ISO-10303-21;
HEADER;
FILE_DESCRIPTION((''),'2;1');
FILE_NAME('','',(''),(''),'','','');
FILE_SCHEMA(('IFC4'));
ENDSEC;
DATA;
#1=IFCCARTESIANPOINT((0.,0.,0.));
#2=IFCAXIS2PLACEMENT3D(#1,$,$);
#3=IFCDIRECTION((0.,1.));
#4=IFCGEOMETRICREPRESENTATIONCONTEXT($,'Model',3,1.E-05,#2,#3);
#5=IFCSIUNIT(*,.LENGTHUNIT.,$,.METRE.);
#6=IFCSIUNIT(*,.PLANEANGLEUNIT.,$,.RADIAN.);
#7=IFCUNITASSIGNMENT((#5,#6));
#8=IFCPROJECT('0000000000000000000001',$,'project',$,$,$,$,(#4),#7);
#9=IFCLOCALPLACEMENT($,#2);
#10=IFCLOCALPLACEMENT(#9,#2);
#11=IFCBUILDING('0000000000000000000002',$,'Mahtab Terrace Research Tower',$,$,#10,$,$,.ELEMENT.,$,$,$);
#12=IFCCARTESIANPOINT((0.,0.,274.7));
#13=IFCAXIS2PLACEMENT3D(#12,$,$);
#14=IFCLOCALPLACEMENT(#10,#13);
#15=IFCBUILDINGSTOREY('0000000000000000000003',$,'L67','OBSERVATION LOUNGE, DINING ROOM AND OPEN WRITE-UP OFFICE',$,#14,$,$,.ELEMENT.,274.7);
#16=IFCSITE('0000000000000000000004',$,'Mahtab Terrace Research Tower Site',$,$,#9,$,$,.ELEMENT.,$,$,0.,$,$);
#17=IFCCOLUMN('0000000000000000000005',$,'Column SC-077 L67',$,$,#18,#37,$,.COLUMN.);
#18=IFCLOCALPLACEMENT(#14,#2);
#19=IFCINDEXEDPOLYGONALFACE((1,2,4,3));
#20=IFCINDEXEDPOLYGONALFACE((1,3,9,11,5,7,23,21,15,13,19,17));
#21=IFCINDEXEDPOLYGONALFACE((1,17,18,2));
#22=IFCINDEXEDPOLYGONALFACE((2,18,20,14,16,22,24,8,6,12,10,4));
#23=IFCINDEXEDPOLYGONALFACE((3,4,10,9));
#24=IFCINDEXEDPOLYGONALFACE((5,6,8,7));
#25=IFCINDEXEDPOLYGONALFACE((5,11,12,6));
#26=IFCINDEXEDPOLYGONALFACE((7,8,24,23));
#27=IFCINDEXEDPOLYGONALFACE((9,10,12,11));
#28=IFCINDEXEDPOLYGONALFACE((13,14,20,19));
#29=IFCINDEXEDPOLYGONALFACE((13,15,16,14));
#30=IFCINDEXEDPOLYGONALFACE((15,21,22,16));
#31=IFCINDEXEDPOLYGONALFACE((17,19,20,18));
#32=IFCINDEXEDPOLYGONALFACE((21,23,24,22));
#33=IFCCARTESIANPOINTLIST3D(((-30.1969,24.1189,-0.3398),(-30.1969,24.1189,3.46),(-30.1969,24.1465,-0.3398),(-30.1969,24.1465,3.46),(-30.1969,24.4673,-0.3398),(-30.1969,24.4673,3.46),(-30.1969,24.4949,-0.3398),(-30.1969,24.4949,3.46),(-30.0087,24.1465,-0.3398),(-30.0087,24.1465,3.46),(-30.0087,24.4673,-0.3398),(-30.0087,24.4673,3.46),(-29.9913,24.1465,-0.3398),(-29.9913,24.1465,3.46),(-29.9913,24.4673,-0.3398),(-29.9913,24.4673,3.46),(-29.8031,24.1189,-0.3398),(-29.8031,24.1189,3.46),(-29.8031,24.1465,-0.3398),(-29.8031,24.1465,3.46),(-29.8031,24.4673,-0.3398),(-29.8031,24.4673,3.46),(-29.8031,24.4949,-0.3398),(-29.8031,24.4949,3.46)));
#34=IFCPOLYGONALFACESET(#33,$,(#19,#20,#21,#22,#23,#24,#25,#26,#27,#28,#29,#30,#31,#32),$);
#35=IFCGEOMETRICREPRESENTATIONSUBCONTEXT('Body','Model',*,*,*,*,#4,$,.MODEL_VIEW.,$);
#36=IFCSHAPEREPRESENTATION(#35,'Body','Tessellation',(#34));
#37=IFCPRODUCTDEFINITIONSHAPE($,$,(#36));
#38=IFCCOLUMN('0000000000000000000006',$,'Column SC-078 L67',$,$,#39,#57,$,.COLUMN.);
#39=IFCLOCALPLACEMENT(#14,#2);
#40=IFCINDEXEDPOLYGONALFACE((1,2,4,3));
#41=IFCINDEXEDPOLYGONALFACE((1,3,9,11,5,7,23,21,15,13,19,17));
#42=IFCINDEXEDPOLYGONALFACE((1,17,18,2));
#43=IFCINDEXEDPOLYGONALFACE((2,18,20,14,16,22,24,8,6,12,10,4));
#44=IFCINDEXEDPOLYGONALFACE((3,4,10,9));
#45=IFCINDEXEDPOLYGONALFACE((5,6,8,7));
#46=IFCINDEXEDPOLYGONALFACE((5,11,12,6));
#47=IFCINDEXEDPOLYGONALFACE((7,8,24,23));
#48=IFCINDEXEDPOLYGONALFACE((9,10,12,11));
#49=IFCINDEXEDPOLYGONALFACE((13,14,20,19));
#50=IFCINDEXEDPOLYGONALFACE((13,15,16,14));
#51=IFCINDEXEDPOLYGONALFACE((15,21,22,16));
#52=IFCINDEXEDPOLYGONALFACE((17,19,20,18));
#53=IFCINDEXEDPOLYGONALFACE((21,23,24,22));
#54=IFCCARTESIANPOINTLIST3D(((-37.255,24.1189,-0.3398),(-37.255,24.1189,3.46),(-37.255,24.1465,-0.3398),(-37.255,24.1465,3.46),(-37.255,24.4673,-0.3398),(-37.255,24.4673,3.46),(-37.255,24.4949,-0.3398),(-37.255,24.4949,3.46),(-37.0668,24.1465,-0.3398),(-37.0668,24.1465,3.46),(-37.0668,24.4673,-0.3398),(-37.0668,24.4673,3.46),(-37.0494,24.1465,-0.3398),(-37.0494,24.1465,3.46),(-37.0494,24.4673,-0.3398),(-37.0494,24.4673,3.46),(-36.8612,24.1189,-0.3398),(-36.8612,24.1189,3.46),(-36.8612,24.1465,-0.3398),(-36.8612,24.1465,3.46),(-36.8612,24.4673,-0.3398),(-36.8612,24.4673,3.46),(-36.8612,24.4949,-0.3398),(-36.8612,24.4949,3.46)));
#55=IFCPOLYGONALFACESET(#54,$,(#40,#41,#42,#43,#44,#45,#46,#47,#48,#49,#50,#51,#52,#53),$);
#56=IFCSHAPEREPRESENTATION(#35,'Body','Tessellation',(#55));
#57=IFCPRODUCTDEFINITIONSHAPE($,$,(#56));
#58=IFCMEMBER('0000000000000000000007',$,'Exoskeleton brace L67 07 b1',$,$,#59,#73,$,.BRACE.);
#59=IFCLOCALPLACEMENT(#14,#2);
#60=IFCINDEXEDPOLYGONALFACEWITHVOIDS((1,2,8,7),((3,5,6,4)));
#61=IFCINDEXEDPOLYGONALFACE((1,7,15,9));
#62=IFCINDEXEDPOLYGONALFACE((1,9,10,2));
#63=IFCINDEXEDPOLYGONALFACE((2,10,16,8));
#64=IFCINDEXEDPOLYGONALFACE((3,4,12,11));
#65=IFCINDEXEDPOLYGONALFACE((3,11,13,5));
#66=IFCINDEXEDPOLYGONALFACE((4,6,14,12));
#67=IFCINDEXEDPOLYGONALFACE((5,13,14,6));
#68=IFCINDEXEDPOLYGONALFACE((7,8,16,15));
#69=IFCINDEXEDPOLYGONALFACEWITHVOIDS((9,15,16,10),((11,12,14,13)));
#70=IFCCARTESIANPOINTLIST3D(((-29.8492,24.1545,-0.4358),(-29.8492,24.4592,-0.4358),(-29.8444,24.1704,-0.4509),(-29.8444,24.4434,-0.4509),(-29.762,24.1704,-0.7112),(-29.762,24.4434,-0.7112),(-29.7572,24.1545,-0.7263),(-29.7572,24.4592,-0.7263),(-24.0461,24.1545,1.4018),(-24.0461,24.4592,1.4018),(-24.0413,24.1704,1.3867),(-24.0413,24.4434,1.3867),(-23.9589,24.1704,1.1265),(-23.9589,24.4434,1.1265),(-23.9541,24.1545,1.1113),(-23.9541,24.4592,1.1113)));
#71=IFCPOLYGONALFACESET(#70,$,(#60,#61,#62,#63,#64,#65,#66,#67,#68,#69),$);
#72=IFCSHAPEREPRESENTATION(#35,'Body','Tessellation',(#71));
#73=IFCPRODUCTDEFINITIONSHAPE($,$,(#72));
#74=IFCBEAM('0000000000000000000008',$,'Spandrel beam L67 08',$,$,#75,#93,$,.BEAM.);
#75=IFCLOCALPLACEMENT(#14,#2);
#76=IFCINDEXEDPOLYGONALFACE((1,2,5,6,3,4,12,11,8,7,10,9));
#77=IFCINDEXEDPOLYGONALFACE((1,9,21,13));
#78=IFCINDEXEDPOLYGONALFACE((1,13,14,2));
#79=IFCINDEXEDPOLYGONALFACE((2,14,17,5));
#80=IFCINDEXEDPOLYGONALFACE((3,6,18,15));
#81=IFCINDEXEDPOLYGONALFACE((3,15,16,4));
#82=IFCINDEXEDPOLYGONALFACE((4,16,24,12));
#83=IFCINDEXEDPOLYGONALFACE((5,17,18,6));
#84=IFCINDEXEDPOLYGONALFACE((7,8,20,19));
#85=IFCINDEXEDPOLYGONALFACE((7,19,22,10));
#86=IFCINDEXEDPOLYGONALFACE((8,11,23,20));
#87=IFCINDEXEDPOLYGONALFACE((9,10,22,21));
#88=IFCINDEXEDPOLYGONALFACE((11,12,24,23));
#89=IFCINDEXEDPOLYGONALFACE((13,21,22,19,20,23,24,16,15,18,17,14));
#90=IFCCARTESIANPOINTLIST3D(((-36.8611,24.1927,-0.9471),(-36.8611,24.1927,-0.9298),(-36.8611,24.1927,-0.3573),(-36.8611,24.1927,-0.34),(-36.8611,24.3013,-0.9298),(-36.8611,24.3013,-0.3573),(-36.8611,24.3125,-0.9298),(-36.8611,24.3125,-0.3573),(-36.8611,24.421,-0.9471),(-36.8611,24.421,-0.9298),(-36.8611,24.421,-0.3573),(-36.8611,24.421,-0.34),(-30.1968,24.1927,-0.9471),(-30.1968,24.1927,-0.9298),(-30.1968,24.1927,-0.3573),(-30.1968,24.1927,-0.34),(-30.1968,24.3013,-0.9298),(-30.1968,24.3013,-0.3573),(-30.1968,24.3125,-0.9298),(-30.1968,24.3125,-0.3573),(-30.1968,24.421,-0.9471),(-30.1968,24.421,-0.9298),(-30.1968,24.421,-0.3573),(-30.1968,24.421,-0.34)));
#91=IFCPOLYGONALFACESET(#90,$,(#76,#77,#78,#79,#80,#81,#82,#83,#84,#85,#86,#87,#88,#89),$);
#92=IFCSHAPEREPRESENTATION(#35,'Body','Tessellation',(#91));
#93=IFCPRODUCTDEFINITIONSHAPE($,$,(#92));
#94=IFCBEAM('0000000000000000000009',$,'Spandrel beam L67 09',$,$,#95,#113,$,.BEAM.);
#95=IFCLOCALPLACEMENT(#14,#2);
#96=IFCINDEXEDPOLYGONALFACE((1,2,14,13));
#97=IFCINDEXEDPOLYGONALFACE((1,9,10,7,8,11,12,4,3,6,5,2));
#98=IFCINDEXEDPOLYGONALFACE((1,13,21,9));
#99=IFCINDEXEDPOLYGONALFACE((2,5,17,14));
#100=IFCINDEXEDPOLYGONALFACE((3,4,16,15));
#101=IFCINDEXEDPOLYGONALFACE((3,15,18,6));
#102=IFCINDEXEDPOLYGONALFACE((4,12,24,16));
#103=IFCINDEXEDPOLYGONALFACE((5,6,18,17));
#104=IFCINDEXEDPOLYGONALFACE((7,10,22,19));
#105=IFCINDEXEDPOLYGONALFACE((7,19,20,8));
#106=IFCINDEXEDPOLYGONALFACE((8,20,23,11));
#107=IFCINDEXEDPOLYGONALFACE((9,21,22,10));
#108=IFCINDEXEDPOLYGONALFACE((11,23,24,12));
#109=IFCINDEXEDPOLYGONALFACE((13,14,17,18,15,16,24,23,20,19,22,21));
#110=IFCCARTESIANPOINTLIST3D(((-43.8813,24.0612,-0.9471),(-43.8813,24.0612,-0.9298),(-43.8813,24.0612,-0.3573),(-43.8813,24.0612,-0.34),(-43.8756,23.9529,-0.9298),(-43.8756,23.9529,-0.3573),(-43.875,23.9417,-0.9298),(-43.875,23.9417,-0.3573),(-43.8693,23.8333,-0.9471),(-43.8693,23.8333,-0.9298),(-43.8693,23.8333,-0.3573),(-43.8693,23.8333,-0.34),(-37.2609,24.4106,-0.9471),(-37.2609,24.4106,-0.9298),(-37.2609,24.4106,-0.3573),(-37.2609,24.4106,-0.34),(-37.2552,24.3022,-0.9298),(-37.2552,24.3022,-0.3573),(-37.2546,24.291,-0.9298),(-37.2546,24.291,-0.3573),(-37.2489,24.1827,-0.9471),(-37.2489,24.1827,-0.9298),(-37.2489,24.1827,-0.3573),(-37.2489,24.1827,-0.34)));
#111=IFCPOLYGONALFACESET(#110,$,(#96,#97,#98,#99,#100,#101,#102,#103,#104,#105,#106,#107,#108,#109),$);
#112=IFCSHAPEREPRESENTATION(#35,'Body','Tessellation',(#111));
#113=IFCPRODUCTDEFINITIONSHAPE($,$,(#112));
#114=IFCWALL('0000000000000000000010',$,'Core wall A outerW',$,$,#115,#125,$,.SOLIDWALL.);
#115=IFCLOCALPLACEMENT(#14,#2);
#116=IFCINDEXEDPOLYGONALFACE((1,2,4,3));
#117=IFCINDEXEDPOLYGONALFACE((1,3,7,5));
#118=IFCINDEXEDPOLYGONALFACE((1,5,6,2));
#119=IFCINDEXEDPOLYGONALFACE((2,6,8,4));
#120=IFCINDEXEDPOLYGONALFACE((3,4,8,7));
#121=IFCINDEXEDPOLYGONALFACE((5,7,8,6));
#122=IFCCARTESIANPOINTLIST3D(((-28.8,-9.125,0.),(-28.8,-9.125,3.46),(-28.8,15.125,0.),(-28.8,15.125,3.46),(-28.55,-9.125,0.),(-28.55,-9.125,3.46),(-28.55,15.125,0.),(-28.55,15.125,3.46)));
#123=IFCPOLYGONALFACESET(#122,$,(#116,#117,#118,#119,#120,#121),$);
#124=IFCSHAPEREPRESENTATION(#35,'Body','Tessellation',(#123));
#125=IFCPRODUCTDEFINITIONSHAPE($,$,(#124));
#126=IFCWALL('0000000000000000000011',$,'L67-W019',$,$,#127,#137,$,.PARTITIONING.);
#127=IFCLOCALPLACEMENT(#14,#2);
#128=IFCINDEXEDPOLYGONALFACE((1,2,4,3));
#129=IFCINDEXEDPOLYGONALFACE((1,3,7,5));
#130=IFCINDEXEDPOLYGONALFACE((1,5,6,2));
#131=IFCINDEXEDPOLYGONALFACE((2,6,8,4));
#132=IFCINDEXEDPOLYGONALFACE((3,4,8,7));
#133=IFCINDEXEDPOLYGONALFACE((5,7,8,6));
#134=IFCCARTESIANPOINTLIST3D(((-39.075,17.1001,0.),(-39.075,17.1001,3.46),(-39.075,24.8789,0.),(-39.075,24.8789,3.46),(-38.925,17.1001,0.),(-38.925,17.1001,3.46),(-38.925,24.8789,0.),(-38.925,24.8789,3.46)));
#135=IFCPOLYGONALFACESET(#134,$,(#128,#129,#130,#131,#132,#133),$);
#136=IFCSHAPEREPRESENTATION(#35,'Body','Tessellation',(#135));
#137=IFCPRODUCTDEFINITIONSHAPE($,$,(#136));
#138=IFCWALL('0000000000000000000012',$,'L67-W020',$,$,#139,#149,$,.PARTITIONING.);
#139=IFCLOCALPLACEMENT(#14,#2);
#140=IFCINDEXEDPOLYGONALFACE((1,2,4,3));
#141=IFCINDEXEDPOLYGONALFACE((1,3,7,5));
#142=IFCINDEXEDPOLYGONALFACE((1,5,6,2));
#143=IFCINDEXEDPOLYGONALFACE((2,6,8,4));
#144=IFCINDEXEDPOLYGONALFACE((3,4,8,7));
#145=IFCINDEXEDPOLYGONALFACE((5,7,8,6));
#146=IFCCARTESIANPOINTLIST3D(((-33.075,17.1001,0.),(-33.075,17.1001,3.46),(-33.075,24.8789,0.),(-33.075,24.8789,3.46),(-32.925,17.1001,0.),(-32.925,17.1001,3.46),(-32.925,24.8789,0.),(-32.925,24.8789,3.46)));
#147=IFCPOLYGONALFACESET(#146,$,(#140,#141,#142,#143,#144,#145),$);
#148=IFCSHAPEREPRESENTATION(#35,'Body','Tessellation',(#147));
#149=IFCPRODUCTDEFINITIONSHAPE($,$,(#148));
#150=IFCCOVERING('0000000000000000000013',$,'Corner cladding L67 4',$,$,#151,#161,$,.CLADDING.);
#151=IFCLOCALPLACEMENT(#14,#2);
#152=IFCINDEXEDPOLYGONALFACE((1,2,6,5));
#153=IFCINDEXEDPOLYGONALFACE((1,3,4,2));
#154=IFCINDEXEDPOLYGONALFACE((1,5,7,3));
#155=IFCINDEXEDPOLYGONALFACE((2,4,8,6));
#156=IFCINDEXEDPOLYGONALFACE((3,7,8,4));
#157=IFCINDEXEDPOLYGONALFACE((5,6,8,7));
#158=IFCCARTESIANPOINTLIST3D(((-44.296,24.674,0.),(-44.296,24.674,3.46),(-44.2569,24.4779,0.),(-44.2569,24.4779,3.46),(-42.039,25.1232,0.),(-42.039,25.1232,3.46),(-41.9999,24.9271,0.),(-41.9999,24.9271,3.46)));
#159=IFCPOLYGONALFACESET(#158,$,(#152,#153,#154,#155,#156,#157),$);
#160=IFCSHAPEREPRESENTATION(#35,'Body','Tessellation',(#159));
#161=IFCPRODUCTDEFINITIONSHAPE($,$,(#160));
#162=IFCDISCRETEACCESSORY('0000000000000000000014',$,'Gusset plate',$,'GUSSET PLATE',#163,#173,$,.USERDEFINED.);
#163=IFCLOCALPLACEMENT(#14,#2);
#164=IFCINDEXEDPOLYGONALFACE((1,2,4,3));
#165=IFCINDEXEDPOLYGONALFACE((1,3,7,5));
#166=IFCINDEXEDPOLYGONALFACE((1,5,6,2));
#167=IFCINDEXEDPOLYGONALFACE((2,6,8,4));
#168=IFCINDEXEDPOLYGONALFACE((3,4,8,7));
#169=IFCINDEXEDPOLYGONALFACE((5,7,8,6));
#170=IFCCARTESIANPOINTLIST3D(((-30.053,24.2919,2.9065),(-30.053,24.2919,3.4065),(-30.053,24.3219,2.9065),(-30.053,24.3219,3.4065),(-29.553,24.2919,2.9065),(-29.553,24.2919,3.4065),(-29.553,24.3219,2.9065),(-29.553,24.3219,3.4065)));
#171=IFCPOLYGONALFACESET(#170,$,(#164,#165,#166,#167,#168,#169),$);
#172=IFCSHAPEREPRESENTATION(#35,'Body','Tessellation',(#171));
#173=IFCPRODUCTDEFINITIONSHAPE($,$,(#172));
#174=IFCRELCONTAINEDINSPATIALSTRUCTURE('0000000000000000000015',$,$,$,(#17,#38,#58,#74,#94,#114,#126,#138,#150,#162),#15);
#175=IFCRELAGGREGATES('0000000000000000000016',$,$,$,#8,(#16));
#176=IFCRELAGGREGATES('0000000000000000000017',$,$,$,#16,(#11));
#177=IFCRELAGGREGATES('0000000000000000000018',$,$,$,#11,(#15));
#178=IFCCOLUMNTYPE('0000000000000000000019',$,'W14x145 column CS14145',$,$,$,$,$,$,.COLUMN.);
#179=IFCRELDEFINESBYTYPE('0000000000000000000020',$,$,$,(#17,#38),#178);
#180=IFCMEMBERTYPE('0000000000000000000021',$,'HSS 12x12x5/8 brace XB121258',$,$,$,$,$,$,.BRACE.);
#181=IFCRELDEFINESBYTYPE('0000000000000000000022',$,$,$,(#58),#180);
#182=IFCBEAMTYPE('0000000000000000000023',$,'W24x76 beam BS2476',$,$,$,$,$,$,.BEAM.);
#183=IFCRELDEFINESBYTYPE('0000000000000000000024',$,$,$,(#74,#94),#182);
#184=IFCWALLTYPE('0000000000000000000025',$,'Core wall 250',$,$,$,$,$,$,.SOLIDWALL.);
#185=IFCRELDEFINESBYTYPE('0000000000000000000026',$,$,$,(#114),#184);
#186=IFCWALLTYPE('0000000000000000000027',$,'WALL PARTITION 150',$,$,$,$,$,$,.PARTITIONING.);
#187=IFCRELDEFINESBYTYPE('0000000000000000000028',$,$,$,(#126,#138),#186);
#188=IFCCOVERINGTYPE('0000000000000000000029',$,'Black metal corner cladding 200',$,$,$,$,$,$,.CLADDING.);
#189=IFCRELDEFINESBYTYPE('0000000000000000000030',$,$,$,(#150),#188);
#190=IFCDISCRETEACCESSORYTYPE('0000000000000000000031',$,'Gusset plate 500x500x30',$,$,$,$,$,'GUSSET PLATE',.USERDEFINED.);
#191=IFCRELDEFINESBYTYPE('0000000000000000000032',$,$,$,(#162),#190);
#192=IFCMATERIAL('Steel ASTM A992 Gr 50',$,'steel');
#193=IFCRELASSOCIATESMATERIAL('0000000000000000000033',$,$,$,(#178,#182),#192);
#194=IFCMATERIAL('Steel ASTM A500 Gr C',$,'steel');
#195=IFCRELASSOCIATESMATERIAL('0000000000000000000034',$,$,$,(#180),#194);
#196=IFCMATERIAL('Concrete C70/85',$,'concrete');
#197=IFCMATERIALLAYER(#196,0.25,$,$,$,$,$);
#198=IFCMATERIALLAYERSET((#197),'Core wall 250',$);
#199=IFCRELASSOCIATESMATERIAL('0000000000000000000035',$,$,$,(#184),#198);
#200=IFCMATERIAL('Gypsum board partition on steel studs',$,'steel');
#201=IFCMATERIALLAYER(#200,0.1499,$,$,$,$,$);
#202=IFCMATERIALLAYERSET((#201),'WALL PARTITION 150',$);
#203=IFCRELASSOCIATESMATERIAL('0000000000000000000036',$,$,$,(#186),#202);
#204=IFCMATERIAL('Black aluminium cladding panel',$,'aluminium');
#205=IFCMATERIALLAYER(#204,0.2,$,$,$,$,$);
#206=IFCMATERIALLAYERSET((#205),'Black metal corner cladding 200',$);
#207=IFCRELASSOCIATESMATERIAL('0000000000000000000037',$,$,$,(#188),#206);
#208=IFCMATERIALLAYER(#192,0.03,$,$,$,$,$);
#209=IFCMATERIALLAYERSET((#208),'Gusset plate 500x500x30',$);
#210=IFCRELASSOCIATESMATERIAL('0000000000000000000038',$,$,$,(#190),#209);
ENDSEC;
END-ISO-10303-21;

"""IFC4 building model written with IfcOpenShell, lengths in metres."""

from ifc_helpers import new_model, si_unit, direction, frame, frame_2d, origin, origin_2d, place, context, subcontext, project, spatial, rectangle, hollow_rectangle, i_section, extrude, material, layer, layer_set, material_profile, profile_set, type_object, element, save


model = new_model("IFC4")

# Units and contexts
model_context = context("Model", 3, precision=1e-05, world=origin(), true_north=direction((0.0, 1.0)))
body_context = subcontext(model_context, "Body", "Model", "MODEL_VIEW")
ifc_project = project(units=[si_unit("LENGTHUNIT", "METRE"), si_unit("PLANEANGLEUNIT", "RADIAN")], contexts=[model_context])

# Site, building, storey
site_placement = place(None, origin())
site = spatial("IfcSite", under=ifc_project, at=site_placement, Name="Mahtab Terrace Research Tower Site", CompositionType="ELEMENT", RefElevation=0.0)
building_placement = place(site_placement, origin())
building = spatial("IfcBuilding", under=site, at=building_placement, Name="Mahtab Terrace Research Tower", CompositionType="ELEMENT")
storey_placement = place(building_placement, frame((0.0, 0.0, 274.7)))
storey = spatial("IfcBuildingStorey", under=building, at=storey_placement, Name="L67", Description="OBSERVATION LOUNGE, DINING ROOM AND OPEN WRITE-UP OFFICE", CompositionType="ELEMENT", Elevation=274.7)

# Columns
ifc_material_1 = material(Name="Steel ASTM A992 Gr 50", Category="steel")
ifc_material_profile_1 = material_profile(ifc_material_1, i_section(OverallWidth=0.3938, OverallDepth=0.376, WebThickness=0.0173, FlangeThickness=0.0276, at=origin_2d()), Name="W14X145")
ifc_profile_set_1 = profile_set([ifc_material_profile_1], Name="Steel ASTM A992 Gr 50")
column_type = type_object("IfcColumnType", Name="W14x145 column CS14145", PredefinedType="COLUMN", material=ifc_profile_set_1)
for number, where, z_axis, x_axis, name in (
    (1, (-30.0, 24.3069, -0.3398), (0.0, 0.0, 1.0), (1.0, 0.0, 0.0), "Column SC-077 L67"),
    (2, (-37.0581, 24.3069, -0.3398), (0.0, 0.0, 1.0), (1.0, 0.0, 0.0), "Column SC-078 L67"),
):
    element("IfcColumn", number, at=place(storey_placement, frame(where, z_axis=z_axis, x_axis=x_axis)), inside=storey, type_object=column_type, Name=name, PredefinedType="COLUMN", context=body_context, shape_type="SweptSolid", body=[
        extrude(i_section(OverallWidth=0.3938, OverallDepth=0.376, WebThickness=0.0173, FlangeThickness=0.0276, at=origin_2d()), origin(), (0.0, 0.0, 1.0), 3.7998),
    ])

# Member
ifc_material_2 = material(Name="Steel ASTM A500 Gr C", Category="steel")
ifc_material_profile_2 = material_profile(ifc_material_2, hollow_rectangle(XDim=0.3047, YDim=0.3047, WallThickness=0.0159, at=origin_2d()), Name="HSS12X12X5/8")
ifc_profile_set_2 = profile_set([ifc_material_profile_2], Name="Steel ASTM A500 Gr C")
member_type = type_object("IfcMemberType", Name="HSS 12x12x5/8 brace XB121258", PredefinedType="BRACE", material=ifc_profile_set_2)
member_placement = place(storey_placement, frame((-29.8032, 24.3069, -0.5811), z_axis=(0.953344, 0.0, 0.301886), x_axis=(0.0, 1.0, 0.0)))
element("IfcMember", 3, at=member_placement, inside=storey, type_object=member_type, Name="Exoskeleton brace L67 07 b1", PredefinedType="BRACE", context=body_context, shape_type="SweptSolid", body=[
    extrude(hollow_rectangle(XDim=0.3047, YDim=0.3047, WallThickness=0.0159, at=origin_2d()), origin(), (0.0, 0.0, 1.0), 6.0872),
])

# Beams
ifc_material_profile_3 = material_profile(ifc_material_1, i_section(OverallWidth=0.2283, OverallDepth=0.6072, WebThickness=0.0112, FlangeThickness=0.0173, at=origin_2d()), Name="W24X76")
ifc_profile_set_3 = profile_set([ifc_material_profile_3], Name="Steel ASTM A992 Gr 50")
beam_type = type_object("IfcBeamType", Name="W24x76 beam BS2476", PredefinedType="BEAM", material=ifc_profile_set_3)
beam_1_placement = place(storey_placement, frame((-30.1968, 24.3069, -0.6436), z_axis=(-1.0, 0.0, 0.0), x_axis=(0.0, -1.0, 0.0)))
element("IfcBeam", 4, at=beam_1_placement, inside=storey, type_object=beam_type, Name="Spandrel beam L67 08", PredefinedType="BEAM", context=body_context, shape_type="SweptSolid", body=[
    extrude(i_section(OverallWidth=0.2283, OverallDepth=0.6072, WebThickness=0.0112, FlangeThickness=0.0173, at=origin_2d()), origin(), (0.0, 0.0, 1.0), 6.6643),
])
beam_2_placement = place(storey_placement, frame((-37.2549, 24.2966, -0.6436), z_axis=(-0.99861, -0.052698, 0.0), x_axis=(0.052698, -0.99861, 0.0)))
element("IfcBeam", 5, at=beam_2_placement, inside=storey, type_object=beam_type, Name="Spandrel beam L67 09", PredefinedType="BEAM", context=body_context, shape_type="SweptSolid", body=[
    extrude(i_section(OverallWidth=0.2283, OverallDepth=0.6072, WebThickness=0.0112, FlangeThickness=0.0173, at=origin_2d()), origin(), (0.0, 0.0, 1.0), 6.6296),
])

# Walls
ifc_material_3 = material(Name="Concrete C70/85", Category="concrete")
ifc_layer_1 = layer(ifc_material_3, 0.25)
ifc_layer_set_1 = layer_set([ifc_layer_1], Name="Core wall 250")
wall_type_1 = type_object("IfcWallType", Name="Core wall 250", PredefinedType="SOLIDWALL", material=ifc_layer_set_1)
wall_placement = place(storey_placement, frame((-28.675, 15.125, 0.0), z_axis=(0.0, 0.0, 1.0), x_axis=(0.0, -1.0, 0.0)))
element("IfcWall", 6, at=wall_placement, inside=storey, type_object=wall_type_1, Name="Core wall A outerW", PredefinedType="SOLIDWALL", context=body_context, shape_type="SweptSolid", body=[
    extrude(rectangle(XDim=24.25, YDim=0.25, at=frame_2d((12.125, 0.0))), origin(), (0.0, 0.0, 1.0), 3.46),
])
ifc_material_4 = material(Name="Gypsum board partition on steel studs", Category="steel")
ifc_layer_2 = layer(ifc_material_4, 0.1499)
ifc_layer_set_2 = layer_set([ifc_layer_2], Name="WALL PARTITION 150")
wall_type_2 = type_object("IfcWallType", Name="WALL PARTITION 150", PredefinedType="PARTITIONING", material=ifc_layer_set_2)
for number, where, z_axis, x_axis, name in (
    (7, (-39.0, 17.1001, 0.0), (0.0, 0.0, 1.0), (0.0, 1.0, 0.0), "L67-W019"),
    (8, (-33.0, 17.1001, 0.0), (0.0, 0.0, 1.0), (0.0, 1.0, 0.0), "L67-W020"),
):
    element("IfcWall", number, at=place(storey_placement, frame(where, z_axis=z_axis, x_axis=x_axis)), inside=storey, type_object=wall_type_2, Name=name, PredefinedType="PARTITIONING", context=body_context, shape_type="SweptSolid", body=[
        extrude(rectangle(XDim=7.7788, YDim=0.1499, at=frame_2d((3.8894, 0.0))), origin(), (0.0, 0.0, 1.0), 3.46),
    ])

# Covering
ifc_material_5 = material(Name="Black aluminium cladding panel", Category="aluminium")
ifc_layer_3 = layer(ifc_material_5, 0.2)
ifc_layer_set_3 = layer_set([ifc_layer_3], Name="Black metal corner cladding 200")
covering_type = type_object("IfcCoveringType", Name="Black metal corner cladding 200", PredefinedType="CLADDING", material=ifc_layer_set_3)
covering_placement = place(storey_placement, frame((-43.1479, 24.8005, 0.0), z_axis=(0.0, 0.0, 1.0), x_axis=(-0.980761, -0.195212, 0.0)))
element("IfcCovering", 9, at=covering_placement, inside=storey, type_object=covering_type, Name="Corner cladding L67 4", PredefinedType="CLADDING", context=body_context, shape_type="SweptSolid", body=[
    extrude(rectangle(XDim=2.3013, YDim=0.2, at=origin_2d()), origin(), (0.0, 0.0, 1.0), 3.46),
])

# Discrete accessory
ifc_layer_4 = layer(ifc_material_1, 0.03)
ifc_layer_set_4 = layer_set([ifc_layer_4], Name="Gusset plate 500x500x30")
discrete_accessory_type = type_object("IfcDiscreteAccessoryType", Name="Gusset plate 500x500x30", ElementType="GUSSET PLATE", PredefinedType="USERDEFINED", material=ifc_layer_set_4)
discrete_accessory_placement = place(storey_placement, frame((-29.803, 24.3069, 2.9065), z_axis=(0.0, 0.0, 1.0), x_axis=(1.0, 0.0, 0.0)))
element("IfcDiscreteAccessory", 10, at=discrete_accessory_placement, inside=storey, type_object=discrete_accessory_type, Name="Gusset plate", ObjectType="GUSSET PLATE", PredefinedType="USERDEFINED", context=body_context, shape_type="SweptSolid", body=[
    extrude(rectangle(XDim=0.5, YDim=0.03, at=origin_2d()), origin(), (0.0, 0.0, 1.0), 0.5),
])

save(model, "model.ifc")
